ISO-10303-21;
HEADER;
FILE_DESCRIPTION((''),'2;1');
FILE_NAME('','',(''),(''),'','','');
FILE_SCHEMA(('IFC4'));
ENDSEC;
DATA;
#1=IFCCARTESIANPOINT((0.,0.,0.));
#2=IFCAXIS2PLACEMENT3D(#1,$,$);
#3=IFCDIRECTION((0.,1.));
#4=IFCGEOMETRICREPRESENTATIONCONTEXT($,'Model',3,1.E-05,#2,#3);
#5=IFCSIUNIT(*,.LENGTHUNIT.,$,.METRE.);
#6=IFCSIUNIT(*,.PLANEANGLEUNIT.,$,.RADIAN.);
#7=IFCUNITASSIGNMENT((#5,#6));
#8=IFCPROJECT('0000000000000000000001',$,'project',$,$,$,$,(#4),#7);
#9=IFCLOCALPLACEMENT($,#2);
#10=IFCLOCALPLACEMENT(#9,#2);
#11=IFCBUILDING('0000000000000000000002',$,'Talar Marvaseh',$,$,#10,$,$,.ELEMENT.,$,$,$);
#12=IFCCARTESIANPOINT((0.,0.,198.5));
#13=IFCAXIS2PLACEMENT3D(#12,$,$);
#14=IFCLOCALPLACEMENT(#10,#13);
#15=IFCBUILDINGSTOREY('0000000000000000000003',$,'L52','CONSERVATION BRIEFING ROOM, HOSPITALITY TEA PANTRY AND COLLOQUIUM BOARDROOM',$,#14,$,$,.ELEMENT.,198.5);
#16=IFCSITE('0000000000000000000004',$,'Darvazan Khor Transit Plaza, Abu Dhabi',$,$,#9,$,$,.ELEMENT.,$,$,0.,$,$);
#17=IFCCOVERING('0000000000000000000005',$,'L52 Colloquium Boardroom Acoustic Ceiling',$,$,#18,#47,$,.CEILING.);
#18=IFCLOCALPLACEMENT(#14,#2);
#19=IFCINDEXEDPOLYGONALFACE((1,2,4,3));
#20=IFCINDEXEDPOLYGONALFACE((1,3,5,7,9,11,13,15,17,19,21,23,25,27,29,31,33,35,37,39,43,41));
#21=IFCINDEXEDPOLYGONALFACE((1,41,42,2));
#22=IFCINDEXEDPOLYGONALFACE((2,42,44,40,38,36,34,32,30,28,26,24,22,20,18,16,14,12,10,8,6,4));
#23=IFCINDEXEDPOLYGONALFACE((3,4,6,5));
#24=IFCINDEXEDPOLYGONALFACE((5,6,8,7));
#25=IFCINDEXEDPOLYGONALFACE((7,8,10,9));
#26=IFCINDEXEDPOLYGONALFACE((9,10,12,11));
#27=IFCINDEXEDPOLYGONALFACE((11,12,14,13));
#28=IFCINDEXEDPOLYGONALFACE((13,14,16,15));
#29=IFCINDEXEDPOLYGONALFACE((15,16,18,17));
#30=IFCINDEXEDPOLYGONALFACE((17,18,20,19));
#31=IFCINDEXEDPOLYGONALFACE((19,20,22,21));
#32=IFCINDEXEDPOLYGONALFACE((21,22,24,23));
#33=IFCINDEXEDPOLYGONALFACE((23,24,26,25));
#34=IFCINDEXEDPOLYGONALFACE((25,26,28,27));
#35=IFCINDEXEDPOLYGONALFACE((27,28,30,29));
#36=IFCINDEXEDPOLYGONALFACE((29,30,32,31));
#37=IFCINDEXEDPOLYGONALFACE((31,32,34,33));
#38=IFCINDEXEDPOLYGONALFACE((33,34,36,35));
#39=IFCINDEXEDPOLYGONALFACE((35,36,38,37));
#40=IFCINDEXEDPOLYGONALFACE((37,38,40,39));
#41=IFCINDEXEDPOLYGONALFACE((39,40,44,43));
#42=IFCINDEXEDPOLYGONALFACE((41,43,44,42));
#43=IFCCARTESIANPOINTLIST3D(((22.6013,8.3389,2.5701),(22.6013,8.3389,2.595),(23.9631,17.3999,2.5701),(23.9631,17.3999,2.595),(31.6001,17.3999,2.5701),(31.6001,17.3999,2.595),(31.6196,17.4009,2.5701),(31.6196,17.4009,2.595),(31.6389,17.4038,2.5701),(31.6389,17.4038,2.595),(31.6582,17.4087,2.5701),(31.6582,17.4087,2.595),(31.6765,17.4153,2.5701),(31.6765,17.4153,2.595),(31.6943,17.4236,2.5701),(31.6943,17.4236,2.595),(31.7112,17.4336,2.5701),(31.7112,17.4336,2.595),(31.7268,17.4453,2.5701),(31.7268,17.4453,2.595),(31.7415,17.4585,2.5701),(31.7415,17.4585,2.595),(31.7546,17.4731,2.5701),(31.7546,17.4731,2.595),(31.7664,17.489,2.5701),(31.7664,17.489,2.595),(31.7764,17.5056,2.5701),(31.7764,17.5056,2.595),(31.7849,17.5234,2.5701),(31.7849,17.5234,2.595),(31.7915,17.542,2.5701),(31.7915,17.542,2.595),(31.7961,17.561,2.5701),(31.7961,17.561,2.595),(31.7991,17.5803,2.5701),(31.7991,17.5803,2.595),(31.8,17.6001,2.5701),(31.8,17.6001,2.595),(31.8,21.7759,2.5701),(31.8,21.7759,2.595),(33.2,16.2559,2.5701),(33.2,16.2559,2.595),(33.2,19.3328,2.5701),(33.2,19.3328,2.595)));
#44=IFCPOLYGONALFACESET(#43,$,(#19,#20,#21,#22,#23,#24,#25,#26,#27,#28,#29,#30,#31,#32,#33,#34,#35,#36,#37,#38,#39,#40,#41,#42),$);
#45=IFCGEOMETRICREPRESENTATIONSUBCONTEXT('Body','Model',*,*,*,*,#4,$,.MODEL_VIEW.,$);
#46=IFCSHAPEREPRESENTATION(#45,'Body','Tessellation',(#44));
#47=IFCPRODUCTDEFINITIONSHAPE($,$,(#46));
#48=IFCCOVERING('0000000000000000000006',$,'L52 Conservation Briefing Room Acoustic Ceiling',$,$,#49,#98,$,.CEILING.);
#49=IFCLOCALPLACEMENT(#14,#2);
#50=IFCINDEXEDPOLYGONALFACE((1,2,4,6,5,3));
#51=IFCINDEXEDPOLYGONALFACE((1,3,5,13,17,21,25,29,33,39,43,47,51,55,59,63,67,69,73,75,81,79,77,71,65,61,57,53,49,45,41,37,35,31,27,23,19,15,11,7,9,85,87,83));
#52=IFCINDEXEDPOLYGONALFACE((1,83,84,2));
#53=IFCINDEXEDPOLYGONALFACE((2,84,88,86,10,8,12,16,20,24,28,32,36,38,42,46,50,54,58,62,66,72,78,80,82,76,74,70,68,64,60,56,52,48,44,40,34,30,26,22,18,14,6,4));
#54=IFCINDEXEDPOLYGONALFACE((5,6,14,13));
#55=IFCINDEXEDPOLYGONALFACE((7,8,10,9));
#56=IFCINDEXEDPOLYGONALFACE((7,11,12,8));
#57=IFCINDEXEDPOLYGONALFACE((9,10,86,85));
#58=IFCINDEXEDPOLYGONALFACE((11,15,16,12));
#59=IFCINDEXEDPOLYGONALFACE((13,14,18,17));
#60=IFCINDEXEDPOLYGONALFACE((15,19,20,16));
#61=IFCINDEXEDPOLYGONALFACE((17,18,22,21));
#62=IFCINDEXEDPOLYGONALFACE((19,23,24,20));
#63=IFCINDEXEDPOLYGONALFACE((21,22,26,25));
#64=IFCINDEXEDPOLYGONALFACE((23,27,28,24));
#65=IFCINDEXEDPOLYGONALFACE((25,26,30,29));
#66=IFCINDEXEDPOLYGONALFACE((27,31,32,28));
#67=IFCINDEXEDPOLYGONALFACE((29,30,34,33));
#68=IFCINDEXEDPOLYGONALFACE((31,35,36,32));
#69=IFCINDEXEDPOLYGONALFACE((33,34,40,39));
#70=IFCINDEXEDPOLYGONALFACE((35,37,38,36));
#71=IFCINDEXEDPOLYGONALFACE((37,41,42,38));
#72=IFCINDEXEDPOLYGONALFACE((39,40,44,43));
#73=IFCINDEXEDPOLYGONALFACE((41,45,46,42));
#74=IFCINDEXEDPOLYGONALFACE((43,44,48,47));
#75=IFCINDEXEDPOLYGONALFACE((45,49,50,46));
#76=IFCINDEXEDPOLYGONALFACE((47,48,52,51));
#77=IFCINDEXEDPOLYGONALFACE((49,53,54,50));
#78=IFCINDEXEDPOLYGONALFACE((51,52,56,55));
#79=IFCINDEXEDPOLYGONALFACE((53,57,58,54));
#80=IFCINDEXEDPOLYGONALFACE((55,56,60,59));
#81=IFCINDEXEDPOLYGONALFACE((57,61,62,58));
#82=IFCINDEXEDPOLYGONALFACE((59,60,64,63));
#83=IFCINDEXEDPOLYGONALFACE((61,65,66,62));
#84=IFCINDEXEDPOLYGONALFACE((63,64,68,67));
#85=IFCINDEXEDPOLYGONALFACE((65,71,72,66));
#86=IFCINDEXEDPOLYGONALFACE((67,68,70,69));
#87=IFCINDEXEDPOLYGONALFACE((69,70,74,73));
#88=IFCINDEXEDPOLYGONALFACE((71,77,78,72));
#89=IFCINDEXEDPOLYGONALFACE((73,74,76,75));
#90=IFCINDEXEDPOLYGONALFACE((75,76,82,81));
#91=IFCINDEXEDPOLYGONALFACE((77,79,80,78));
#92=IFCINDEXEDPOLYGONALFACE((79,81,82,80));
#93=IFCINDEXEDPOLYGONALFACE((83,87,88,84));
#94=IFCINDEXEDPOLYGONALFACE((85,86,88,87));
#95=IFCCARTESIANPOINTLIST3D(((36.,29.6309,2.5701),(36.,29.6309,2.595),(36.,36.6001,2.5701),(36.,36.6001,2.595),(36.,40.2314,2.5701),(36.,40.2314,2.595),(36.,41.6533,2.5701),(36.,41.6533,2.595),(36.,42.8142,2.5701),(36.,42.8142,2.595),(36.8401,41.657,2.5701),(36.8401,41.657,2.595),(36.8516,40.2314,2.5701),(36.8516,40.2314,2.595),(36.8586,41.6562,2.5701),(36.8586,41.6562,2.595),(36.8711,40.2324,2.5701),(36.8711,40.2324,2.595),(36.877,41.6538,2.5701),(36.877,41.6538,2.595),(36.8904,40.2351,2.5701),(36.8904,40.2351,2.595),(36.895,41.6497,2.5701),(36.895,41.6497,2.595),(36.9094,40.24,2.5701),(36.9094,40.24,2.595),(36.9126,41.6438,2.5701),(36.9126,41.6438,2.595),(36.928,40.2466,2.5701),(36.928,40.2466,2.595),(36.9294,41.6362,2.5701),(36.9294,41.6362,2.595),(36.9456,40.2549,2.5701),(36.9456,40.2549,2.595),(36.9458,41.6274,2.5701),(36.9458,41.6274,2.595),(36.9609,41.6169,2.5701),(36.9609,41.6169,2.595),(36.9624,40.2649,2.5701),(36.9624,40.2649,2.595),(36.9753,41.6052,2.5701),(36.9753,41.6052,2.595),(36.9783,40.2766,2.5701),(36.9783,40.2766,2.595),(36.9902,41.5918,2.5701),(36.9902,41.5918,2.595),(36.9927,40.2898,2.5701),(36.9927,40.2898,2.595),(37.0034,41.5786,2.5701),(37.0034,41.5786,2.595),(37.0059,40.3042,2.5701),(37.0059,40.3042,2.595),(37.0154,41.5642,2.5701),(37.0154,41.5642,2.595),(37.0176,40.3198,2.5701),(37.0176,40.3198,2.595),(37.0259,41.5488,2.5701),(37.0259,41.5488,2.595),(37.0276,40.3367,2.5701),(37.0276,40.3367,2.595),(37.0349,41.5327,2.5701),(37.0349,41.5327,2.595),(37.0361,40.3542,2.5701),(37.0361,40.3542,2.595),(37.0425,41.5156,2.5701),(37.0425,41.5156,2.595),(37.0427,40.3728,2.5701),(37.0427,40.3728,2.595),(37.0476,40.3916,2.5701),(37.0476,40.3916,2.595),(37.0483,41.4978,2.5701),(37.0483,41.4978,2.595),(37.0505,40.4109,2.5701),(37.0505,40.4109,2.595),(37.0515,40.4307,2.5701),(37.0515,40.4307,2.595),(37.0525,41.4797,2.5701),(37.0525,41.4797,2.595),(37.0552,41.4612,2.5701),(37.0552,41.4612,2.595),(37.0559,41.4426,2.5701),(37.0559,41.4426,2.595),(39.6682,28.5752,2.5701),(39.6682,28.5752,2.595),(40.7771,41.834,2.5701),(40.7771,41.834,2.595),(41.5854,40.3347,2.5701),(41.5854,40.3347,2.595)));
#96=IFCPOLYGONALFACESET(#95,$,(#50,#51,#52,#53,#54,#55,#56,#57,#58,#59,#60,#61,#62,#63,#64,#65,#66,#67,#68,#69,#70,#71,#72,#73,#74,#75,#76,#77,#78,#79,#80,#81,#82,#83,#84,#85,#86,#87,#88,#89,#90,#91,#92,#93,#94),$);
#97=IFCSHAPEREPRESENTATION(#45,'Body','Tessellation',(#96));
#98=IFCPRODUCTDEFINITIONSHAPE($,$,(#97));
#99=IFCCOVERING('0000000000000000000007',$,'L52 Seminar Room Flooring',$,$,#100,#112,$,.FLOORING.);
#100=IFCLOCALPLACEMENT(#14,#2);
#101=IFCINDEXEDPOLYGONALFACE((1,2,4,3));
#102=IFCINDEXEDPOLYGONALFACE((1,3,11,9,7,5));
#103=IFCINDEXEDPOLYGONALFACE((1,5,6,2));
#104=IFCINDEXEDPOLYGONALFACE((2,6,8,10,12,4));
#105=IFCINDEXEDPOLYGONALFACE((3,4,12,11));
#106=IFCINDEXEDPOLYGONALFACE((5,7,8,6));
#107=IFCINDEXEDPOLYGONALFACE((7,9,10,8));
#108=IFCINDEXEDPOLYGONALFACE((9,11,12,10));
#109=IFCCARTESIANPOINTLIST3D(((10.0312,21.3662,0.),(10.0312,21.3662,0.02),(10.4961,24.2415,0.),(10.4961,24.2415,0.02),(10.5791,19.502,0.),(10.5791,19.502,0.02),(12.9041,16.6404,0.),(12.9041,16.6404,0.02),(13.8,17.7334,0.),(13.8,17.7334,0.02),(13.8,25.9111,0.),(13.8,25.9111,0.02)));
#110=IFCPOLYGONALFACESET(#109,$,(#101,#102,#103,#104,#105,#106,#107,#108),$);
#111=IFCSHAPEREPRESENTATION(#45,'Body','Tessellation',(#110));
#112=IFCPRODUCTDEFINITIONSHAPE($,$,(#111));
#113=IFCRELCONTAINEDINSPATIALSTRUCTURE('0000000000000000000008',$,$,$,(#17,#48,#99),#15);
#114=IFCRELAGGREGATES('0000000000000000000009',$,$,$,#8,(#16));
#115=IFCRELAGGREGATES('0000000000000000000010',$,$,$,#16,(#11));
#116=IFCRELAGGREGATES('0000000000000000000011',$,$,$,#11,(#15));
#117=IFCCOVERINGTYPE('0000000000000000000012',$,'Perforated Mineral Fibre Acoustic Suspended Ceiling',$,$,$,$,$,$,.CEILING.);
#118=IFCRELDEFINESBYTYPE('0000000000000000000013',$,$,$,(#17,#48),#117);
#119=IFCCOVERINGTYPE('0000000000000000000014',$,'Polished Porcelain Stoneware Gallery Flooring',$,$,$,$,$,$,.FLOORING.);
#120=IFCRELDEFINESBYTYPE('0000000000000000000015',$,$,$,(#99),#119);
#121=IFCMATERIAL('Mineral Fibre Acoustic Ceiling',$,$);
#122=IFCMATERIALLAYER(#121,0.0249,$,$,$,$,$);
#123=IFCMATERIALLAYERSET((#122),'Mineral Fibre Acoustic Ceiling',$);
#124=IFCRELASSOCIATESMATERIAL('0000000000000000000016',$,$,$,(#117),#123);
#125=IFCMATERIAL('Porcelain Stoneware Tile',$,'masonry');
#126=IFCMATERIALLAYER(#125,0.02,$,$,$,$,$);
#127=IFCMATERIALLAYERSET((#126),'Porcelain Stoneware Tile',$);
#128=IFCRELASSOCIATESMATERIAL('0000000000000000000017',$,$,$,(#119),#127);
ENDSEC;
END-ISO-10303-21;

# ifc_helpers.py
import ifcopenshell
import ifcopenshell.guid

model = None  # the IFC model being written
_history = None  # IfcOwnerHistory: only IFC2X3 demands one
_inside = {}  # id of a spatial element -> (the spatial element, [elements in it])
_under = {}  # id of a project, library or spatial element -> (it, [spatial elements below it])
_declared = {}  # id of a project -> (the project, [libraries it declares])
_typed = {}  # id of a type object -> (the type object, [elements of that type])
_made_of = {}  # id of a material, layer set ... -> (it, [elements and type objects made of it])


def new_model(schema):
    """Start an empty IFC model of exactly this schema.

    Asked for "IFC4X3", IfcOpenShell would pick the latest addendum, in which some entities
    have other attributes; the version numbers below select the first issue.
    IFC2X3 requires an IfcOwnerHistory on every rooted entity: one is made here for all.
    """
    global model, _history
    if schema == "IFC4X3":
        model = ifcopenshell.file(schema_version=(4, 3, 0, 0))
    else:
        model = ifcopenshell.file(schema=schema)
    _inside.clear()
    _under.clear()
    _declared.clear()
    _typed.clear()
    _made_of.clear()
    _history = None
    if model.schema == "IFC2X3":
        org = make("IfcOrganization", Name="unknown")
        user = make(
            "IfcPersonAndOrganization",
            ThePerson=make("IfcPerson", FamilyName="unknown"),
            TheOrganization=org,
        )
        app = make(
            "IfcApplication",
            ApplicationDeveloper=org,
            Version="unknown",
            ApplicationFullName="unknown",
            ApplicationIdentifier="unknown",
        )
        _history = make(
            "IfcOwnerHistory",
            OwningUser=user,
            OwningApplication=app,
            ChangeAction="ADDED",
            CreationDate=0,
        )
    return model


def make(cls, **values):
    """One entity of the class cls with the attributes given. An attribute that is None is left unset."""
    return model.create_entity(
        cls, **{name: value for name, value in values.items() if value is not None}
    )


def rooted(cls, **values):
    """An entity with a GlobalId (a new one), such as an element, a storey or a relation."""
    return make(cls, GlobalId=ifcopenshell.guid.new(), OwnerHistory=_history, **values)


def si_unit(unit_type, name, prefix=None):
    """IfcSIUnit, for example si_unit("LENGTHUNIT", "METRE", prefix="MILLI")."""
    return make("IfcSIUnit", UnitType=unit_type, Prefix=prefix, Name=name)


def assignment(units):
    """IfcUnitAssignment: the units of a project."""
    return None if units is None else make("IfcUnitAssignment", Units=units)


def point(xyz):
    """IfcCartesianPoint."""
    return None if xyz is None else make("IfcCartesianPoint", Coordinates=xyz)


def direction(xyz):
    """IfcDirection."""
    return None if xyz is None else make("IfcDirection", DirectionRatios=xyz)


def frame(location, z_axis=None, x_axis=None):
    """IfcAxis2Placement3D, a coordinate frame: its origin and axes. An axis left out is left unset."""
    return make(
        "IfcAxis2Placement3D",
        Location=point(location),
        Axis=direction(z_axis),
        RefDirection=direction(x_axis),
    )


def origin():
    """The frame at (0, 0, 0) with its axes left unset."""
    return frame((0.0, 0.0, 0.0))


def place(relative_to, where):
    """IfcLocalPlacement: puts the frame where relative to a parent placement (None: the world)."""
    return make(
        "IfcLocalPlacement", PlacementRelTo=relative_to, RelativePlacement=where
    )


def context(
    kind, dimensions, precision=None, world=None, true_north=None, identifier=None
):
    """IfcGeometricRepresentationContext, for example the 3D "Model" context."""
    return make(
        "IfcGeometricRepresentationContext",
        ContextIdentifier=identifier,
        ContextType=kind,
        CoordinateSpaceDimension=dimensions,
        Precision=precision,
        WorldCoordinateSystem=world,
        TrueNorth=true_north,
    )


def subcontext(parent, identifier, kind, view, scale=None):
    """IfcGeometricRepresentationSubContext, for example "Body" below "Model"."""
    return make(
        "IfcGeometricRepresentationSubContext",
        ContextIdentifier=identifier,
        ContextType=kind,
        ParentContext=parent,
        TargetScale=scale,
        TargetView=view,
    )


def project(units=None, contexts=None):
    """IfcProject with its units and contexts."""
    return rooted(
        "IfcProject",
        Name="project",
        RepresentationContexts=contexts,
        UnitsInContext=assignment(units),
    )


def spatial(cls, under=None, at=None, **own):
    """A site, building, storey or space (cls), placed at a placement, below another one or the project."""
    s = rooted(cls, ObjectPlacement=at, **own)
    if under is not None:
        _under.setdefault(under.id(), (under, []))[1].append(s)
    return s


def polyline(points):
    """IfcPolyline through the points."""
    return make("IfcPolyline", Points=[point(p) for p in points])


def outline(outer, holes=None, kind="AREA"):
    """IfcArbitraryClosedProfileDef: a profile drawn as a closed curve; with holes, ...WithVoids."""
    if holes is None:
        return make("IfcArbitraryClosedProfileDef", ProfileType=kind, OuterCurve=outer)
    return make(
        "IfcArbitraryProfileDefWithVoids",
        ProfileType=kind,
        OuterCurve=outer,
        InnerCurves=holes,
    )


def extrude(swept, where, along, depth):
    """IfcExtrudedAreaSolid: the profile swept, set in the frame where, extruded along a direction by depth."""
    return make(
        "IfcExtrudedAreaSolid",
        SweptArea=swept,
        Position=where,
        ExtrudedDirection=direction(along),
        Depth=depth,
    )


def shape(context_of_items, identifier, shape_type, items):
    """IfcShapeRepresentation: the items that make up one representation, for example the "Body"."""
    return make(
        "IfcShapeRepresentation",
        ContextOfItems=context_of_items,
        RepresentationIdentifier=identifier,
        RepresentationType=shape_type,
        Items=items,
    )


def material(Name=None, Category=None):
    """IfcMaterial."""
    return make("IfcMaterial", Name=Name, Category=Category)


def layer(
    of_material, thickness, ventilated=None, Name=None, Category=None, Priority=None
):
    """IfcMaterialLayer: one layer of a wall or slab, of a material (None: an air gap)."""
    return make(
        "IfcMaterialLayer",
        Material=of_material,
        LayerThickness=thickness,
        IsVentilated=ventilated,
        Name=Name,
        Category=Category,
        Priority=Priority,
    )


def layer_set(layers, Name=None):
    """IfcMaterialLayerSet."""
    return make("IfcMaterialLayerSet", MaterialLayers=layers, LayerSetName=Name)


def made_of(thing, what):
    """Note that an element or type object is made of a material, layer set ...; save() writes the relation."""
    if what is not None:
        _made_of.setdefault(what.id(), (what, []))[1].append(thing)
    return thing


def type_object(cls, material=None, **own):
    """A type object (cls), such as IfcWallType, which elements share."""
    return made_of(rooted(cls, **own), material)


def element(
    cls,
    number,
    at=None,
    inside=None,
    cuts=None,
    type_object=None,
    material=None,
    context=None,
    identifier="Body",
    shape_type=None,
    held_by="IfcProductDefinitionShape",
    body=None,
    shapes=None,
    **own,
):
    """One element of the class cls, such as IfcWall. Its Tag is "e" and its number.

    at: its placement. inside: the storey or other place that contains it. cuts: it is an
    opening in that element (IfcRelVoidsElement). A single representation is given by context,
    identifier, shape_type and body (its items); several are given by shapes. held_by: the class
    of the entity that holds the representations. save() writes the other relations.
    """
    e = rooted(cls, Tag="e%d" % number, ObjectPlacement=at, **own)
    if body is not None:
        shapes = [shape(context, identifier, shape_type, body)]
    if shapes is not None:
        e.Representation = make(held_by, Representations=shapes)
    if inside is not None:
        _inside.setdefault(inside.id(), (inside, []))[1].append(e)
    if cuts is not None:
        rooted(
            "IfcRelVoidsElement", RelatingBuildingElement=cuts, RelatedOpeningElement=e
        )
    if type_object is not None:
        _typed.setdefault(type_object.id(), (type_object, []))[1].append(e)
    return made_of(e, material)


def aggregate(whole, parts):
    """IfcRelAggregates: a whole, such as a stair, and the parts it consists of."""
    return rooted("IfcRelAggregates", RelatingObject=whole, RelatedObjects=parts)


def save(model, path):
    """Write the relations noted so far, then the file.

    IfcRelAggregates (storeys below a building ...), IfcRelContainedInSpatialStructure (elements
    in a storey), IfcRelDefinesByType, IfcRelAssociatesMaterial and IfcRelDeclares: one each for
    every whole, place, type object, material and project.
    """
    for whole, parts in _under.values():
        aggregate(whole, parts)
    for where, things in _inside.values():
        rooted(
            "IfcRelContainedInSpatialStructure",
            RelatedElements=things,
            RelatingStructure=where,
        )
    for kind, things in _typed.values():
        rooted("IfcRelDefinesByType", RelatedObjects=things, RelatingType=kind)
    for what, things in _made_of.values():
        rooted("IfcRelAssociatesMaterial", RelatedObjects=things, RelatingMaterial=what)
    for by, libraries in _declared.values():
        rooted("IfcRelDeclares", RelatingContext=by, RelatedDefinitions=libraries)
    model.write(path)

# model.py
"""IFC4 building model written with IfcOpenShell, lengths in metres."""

from ifc_helpers import new_model, si_unit, direction, frame, origin, place, context, subcontext, project, spatial, polyline, outline, extrude, material, layer, layer_set, type_object, element, save


model = new_model("IFC4")

# Units and contexts
model_context = context("Model", 3, precision=1e-05, world=origin(), true_north=direction((0.0, 1.0)))
body_context = subcontext(model_context, "Body", "Model", "MODEL_VIEW")
ifc_project = project(units=[si_unit("LENGTHUNIT", "METRE"), si_unit("PLANEANGLEUNIT", "RADIAN")], contexts=[model_context])

# Site, building, storey
site_placement = place(None, origin())
site = spatial("IfcSite", under=ifc_project, at=site_placement, Name="Darvazan Khor Transit Plaza, Abu Dhabi", CompositionType="ELEMENT", RefElevation=0.0)
building_placement = place(site_placement, origin())
building = spatial("IfcBuilding", under=site, at=building_placement, Name="Talar Marvaseh", CompositionType="ELEMENT")
storey_placement = place(building_placement, frame((0.0, 0.0, 198.5)))
storey = spatial("IfcBuildingStorey", under=building, at=storey_placement, Name="L52", Description="CONSERVATION BRIEFING ROOM, HOSPITALITY TEA PANTRY AND COLLOQUIUM BOARDROOM", CompositionType="ELEMENT", Elevation=198.5)

# Coverings
ifc_material_1 = material(Name="Mineral Fibre Acoustic Ceiling")
ifc_layer_1 = layer(ifc_material_1, 0.0249)
ifc_layer_set_1 = layer_set([ifc_layer_1], Name="Mineral Fibre Acoustic Ceiling")
covering_type_1 = type_object("IfcCoveringType", Name="Perforated Mineral Fibre Acoustic Suspended Ceiling", PredefinedType="CEILING", material=ifc_layer_set_1)
covering_1_placement = place(storey_placement, frame((0.0, 0.0, 2.5701)))
element("IfcCovering", 1, at=covering_1_placement, inside=storey, type_object=covering_type_1, Name="L52 Colloquium Boardroom Acoustic Ceiling", PredefinedType="CEILING", context=body_context, shape_type="SweptSolid", body=[
    extrude(outline(polyline([(31.6196, 17.4009), (31.6389, 17.4038), (31.6582, 17.4087), (31.6765, 17.4153), (31.6943, 17.4236), (31.7112, 17.4336), (31.7268, 17.4453), (31.7415, 17.4585), (31.7546, 17.4731), (31.7664, 17.489), (31.7764, 17.5056), (31.7849, 17.5234), (31.7915, 17.542), (31.7961, 17.561), (31.7991, 17.5803), (31.8, 17.6001), (31.8, 21.7759), (33.2, 19.3328), (33.2, 16.2559), (22.6013, 8.3389), (23.9631, 17.3999), (31.6001, 17.3999), (31.6196, 17.4009)])), origin(), (0.0, 0.0, 1.0), 0.0249),
])
covering_2_placement = place(storey_placement, frame((0.0, 0.0, 2.5701)))
element("IfcCovering", 2, at=covering_2_placement, inside=storey, type_object=covering_type_1, Name="L52 Conservation Briefing Room Acoustic Ceiling", PredefinedType="CEILING", context=body_context, shape_type="SweptSolid", body=[
    extrude(outline(polyline([(41.5854, 40.3347), (39.6682, 28.5752), (36.0, 29.6309), (36.0, 36.6001), (36.0, 40.2314), (36.8516, 40.2314), (36.8711, 40.2324), (36.8904, 40.2351), (36.9094, 40.24), (36.928, 40.2466), (36.9456, 40.2549), (36.9624, 40.2649), (36.9783, 40.2766), (36.9927, 40.2898), (37.0059, 40.3042), (37.0176, 40.3198), (37.0276, 40.3367), (37.0361, 40.3542), (37.0427, 40.3728), (37.0476, 40.3916), (37.0505, 40.4109), (37.0515, 40.4307), (37.0559, 41.4426), (37.0552, 41.4612), (37.0525, 41.4797), (37.0483, 41.4978), (37.0425, 41.5156), (37.0349, 41.5327), (37.0259, 41.5488), (37.0154, 41.5642), (37.0034, 41.5786), (36.9902, 41.5918), (36.9753, 41.6052), (36.9609, 41.6169), (36.9458, 41.6274), (36.9294, 41.6362), (36.9126, 41.6438), (36.895, 41.6497), (36.877, 41.6538), (36.8586, 41.6562), (36.8401, 41.657), (36.0, 41.6533), (36.0, 42.8142), (40.7771, 41.834), (41.5854, 40.3347)])), origin(), (0.0, 0.0, 1.0), 0.0249),
])
ifc_material_2 = material(Name="Porcelain Stoneware Tile", Category="masonry")
ifc_layer_2 = layer(ifc_material_2, 0.02)
ifc_layer_set_2 = layer_set([ifc_layer_2], Name="Porcelain Stoneware Tile")
covering_type_2 = type_object("IfcCoveringType", Name="Polished Porcelain Stoneware Gallery Flooring", PredefinedType="FLOORING", material=ifc_layer_set_2)
covering_3_placement = place(storey_placement, origin())
element("IfcCovering", 3, at=covering_3_placement, inside=storey, type_object=covering_type_2, Name="L52 Seminar Room Flooring", PredefinedType="FLOORING", context=body_context, shape_type="SweptSolid", body=[
    extrude(outline(polyline([(13.8, 25.9111), (13.8, 17.7334), (12.9041, 16.6404), (10.5791, 19.502), (10.0312, 21.3662), (10.4961, 24.2415), (13.8, 25.9111)])), origin(), (0.0, 0.0, 1.0), 0.02),
])

save(model, "model.ifc")
